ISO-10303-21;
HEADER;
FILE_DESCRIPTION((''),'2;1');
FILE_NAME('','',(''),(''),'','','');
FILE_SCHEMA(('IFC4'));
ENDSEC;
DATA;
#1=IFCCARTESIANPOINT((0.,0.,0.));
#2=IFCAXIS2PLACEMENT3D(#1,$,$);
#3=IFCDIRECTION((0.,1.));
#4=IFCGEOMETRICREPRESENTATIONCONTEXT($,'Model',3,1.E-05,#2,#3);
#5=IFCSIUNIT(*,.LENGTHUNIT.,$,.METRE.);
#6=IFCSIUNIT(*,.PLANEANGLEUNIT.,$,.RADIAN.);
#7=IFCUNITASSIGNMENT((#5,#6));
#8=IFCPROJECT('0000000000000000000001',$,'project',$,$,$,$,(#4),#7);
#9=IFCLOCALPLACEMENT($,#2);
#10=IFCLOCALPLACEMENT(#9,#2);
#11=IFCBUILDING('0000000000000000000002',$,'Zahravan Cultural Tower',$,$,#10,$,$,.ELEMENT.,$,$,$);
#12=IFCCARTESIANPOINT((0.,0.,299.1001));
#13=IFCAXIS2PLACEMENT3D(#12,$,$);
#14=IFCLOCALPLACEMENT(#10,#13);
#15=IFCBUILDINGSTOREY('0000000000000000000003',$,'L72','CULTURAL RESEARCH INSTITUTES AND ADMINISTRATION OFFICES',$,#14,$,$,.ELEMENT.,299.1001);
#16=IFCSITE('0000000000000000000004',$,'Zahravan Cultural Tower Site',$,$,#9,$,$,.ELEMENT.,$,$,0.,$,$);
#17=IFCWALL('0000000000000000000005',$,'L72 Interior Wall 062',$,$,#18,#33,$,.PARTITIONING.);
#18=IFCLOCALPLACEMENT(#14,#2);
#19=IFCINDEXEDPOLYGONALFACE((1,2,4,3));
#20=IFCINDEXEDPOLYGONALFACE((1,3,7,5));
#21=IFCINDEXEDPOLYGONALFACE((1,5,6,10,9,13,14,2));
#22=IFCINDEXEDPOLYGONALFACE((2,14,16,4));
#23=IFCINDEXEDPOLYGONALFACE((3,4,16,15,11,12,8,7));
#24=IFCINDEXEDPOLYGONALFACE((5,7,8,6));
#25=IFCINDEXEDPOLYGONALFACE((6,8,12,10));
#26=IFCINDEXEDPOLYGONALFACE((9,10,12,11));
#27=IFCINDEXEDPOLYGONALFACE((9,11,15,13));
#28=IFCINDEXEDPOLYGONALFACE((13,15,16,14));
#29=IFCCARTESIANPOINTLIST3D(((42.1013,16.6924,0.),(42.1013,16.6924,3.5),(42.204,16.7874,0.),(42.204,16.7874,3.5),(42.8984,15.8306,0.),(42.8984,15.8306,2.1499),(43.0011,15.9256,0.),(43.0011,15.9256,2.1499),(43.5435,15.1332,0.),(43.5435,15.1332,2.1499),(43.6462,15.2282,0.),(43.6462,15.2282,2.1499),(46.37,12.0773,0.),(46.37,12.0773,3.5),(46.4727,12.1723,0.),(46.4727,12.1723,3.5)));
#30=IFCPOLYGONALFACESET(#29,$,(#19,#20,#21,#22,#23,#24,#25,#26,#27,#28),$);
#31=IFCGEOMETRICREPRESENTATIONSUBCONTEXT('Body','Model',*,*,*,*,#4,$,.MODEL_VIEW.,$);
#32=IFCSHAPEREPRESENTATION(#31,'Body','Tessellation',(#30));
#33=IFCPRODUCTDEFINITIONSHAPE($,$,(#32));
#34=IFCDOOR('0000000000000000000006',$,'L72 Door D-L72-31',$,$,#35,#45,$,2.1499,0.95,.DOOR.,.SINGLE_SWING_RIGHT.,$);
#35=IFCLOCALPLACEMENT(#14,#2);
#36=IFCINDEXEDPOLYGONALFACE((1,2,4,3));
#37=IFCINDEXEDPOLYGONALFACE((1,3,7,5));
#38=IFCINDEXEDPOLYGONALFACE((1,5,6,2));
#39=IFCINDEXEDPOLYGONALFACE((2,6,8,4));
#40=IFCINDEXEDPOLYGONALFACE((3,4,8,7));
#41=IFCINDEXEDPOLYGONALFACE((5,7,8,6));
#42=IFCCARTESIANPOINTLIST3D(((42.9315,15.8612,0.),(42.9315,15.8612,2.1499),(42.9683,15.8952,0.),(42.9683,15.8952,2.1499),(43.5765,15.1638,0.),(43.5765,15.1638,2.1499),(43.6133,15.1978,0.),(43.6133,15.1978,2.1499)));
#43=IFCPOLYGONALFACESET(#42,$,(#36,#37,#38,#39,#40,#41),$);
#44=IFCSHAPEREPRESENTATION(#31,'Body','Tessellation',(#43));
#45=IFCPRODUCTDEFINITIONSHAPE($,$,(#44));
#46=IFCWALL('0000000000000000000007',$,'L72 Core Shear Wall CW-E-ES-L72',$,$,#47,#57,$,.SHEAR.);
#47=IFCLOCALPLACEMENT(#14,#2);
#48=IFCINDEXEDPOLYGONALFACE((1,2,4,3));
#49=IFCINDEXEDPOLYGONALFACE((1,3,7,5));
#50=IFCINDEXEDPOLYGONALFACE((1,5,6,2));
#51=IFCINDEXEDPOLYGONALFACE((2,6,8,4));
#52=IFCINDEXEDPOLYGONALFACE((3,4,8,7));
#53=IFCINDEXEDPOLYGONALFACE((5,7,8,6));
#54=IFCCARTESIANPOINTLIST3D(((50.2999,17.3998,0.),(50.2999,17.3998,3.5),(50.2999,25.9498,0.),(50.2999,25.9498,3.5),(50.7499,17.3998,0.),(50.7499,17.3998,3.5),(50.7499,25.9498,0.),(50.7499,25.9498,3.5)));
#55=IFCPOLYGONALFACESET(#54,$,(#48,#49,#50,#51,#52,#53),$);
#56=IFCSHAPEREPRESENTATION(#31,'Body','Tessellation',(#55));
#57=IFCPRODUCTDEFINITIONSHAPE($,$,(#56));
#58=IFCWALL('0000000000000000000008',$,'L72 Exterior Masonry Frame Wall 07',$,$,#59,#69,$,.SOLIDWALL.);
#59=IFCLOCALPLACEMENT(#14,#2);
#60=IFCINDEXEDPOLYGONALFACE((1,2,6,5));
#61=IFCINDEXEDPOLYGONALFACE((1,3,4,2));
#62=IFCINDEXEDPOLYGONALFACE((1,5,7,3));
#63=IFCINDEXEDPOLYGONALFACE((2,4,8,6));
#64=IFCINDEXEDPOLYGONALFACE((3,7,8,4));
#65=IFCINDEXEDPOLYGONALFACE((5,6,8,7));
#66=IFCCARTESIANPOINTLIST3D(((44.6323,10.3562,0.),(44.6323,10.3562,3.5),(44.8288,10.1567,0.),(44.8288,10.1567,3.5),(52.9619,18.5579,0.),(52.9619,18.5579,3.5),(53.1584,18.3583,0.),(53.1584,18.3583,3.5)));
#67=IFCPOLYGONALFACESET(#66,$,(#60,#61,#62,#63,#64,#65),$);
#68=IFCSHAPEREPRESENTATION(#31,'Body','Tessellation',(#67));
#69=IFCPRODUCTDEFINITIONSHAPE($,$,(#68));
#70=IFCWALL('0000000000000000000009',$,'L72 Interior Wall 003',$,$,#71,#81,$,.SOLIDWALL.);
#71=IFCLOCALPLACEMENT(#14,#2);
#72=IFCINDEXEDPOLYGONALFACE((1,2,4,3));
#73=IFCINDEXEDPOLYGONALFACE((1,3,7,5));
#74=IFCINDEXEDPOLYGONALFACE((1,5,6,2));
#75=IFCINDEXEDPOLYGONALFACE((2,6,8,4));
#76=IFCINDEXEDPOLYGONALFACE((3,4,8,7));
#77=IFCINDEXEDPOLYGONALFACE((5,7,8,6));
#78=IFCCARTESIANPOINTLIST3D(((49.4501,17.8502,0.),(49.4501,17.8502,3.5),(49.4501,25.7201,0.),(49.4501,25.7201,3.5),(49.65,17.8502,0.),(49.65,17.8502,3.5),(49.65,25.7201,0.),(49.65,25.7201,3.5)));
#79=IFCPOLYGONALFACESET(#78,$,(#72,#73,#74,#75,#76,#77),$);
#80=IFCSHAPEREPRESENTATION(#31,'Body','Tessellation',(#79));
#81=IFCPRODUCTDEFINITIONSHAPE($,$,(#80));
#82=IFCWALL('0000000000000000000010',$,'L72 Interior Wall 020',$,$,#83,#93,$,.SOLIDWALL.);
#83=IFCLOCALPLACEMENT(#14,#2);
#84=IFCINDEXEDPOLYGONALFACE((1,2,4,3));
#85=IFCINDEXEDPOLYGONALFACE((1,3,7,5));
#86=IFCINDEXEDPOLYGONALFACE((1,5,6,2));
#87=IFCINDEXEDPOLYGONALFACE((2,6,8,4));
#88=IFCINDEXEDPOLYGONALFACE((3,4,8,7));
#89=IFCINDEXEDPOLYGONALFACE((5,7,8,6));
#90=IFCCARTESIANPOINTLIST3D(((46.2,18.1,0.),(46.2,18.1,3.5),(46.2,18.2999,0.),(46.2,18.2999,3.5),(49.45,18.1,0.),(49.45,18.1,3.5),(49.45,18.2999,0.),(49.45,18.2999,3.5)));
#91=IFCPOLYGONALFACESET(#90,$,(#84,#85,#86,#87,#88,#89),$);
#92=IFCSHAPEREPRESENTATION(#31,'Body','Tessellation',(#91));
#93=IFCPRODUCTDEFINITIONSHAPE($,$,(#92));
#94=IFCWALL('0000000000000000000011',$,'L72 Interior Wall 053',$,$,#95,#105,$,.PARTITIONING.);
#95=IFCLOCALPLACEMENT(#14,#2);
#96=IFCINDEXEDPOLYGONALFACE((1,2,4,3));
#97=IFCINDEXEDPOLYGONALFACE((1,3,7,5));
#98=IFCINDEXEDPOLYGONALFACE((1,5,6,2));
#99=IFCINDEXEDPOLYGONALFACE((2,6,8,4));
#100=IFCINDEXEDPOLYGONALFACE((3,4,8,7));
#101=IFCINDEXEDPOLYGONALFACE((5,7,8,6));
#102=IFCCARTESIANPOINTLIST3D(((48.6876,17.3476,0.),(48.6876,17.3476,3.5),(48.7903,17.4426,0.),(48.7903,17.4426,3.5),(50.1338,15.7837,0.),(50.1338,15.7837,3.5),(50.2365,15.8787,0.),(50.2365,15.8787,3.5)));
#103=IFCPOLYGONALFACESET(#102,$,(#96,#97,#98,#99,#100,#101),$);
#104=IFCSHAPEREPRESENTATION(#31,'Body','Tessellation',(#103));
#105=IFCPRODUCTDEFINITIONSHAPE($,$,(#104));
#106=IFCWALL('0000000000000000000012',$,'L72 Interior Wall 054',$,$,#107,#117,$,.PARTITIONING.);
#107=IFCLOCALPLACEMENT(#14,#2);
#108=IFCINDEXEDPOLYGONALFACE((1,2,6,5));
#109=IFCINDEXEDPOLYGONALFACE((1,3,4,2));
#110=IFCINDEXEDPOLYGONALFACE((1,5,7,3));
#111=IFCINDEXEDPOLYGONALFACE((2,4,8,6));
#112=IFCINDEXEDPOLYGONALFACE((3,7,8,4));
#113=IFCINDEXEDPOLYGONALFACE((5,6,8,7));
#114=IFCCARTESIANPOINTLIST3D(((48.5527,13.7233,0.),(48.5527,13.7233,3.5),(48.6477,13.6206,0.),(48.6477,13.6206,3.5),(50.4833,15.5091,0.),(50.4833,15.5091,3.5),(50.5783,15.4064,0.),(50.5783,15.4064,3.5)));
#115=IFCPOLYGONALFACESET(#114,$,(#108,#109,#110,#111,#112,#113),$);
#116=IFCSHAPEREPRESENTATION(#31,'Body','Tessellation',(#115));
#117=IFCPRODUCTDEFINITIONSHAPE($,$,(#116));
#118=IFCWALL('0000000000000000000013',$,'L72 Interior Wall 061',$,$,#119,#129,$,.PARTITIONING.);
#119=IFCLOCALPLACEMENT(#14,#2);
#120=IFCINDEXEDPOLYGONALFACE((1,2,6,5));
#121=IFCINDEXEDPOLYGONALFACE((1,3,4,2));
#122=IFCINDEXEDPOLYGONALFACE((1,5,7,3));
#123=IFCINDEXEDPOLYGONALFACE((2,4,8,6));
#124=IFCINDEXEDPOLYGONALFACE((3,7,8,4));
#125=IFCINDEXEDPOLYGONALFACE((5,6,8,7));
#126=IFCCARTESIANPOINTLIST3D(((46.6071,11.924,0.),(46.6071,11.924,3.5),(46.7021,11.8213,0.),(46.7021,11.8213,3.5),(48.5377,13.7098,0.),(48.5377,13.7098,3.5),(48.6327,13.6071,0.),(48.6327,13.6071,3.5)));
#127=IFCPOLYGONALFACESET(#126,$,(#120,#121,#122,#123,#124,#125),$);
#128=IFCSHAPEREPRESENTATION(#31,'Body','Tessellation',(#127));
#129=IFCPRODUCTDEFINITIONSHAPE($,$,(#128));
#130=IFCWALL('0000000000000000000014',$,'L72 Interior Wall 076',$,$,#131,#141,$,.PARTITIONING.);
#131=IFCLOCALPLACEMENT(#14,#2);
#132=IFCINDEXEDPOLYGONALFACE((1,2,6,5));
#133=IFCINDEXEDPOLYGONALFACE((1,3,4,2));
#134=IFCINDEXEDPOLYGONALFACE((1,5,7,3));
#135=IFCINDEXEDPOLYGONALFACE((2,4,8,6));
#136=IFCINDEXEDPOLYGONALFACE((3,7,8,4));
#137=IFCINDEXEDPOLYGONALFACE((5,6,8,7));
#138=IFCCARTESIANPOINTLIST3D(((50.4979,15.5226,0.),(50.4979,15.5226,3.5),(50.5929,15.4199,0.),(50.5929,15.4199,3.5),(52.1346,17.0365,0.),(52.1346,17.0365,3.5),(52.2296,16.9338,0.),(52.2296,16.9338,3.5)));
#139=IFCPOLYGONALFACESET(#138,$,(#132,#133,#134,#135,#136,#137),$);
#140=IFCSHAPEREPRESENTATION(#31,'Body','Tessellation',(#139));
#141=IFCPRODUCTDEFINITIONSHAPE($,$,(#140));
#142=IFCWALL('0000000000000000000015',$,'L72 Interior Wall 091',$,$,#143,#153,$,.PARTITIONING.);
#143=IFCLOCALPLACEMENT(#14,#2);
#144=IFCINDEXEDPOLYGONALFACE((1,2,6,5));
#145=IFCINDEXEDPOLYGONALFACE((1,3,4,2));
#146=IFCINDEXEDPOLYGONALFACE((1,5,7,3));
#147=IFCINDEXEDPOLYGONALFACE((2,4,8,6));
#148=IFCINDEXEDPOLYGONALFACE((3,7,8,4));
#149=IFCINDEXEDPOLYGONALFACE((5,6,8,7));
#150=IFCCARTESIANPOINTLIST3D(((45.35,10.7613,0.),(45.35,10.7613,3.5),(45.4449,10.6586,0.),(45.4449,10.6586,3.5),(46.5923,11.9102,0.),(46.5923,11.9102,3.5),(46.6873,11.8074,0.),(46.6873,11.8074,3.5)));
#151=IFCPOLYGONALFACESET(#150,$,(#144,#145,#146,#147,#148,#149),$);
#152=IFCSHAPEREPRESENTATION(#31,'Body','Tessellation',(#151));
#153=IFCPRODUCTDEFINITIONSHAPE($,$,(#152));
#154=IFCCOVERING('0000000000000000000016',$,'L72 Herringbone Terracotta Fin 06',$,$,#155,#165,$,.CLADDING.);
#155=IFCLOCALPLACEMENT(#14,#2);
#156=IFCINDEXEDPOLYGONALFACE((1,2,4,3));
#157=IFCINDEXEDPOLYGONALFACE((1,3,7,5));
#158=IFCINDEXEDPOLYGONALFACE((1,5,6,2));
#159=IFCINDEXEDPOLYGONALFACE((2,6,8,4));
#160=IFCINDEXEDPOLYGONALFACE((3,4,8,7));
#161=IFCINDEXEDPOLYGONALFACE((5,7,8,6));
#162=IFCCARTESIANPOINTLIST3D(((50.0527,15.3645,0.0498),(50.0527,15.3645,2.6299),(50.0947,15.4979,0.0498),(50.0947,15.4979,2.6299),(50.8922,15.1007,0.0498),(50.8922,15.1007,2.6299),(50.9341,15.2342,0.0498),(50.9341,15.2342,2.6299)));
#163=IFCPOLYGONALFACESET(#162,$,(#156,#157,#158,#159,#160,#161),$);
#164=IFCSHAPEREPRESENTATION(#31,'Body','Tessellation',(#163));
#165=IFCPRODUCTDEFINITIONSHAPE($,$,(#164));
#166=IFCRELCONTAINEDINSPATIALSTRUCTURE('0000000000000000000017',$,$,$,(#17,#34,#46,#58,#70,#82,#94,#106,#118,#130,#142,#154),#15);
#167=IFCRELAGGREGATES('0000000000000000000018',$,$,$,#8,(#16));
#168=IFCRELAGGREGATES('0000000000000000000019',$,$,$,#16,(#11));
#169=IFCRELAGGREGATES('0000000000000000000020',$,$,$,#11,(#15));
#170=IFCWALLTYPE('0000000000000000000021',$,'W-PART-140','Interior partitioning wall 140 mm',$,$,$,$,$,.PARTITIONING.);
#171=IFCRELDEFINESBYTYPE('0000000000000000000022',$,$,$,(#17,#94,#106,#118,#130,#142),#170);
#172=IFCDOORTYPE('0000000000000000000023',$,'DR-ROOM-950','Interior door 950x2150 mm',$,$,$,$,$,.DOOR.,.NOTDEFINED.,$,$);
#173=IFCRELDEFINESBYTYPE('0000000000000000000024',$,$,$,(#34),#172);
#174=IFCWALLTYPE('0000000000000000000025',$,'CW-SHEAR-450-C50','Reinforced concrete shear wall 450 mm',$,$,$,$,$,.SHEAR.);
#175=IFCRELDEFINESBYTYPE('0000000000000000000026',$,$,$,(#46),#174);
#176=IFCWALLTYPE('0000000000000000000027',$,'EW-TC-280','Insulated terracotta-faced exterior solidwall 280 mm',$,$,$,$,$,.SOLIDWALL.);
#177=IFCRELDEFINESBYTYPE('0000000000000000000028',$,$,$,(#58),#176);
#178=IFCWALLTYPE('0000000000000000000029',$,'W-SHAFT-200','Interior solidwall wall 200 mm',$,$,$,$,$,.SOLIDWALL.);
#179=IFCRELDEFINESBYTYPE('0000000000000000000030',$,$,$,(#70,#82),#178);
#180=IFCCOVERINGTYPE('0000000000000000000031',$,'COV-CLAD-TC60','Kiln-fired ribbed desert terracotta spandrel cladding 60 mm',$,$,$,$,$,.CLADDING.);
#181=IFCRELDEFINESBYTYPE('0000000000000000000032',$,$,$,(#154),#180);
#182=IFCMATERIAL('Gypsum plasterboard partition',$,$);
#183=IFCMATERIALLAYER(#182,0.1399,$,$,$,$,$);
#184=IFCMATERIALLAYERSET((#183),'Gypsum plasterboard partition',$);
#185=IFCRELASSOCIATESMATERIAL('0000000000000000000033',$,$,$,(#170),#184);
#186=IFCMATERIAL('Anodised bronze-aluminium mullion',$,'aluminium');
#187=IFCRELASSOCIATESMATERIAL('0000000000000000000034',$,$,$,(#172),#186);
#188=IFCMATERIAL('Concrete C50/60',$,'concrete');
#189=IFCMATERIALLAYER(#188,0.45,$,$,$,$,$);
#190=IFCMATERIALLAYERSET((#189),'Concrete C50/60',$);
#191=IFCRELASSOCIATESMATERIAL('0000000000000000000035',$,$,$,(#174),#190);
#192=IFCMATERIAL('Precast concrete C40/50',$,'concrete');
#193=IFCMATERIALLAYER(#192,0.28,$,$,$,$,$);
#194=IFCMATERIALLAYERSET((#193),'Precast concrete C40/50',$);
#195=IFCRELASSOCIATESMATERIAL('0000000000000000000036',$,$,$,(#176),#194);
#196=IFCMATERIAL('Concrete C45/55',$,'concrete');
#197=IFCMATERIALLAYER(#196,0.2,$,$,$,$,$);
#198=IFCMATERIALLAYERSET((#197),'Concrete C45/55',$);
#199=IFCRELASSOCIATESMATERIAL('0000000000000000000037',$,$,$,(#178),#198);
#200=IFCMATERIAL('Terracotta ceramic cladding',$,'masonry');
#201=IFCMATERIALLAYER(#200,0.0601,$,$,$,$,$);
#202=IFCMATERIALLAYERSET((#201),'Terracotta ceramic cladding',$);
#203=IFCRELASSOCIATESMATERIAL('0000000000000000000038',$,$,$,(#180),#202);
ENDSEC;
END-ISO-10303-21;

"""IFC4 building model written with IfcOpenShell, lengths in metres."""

from ifc_helpers import new_model, si_unit, direction, frame, frame_2d, origin, origin_2d, place, context, subcontext, project, spatial, rectangle, extrude, source, transform, mapped, material, layer, layer_set, type_object, element, fill, save


model = new_model("IFC4")

# Units and contexts
model_context = context("Model", 3, precision=1e-05, world=origin(), true_north=direction((0.0, 1.0)))
body_context = subcontext(model_context, "Body", "Model", "MODEL_VIEW")
ifc_project = project(units=[si_unit("LENGTHUNIT", "METRE"), si_unit("PLANEANGLEUNIT", "RADIAN")], contexts=[model_context])

# Site, building, storey
site_placement = place(None, origin())
site = spatial("IfcSite", under=ifc_project, at=site_placement, Name="Zahravan Cultural Tower Site", CompositionType="ELEMENT", RefElevation=0.0)
building_placement = place(site_placement, origin())
building = spatial("IfcBuilding", under=site, at=building_placement, Name="Zahravan Cultural Tower", CompositionType="ELEMENT")
storey_placement = place(building_placement, frame((0.0, 0.0, 299.1001)))
storey = spatial("IfcBuildingStorey", under=building, at=storey_placement, Name="L72", Description="CULTURAL RESEARCH INSTITUTES AND ADMINISTRATION OFFICES", CompositionType="ELEMENT", Elevation=299.1001)

# Shared definitions
ifc_material_1 = material(Name="Concrete C50/60", Category="concrete")

# Wall, opening, door
ifc_material_2 = material(Name="Gypsum plasterboard partition")
ifc_layer_1 = layer(ifc_material_2, 0.1399)
ifc_layer_set_1 = layer_set([ifc_layer_1], Name="Gypsum plasterboard partition")
wall_type_1 = type_object("IfcWallType", Name="W-PART-140", Description="Interior partitioning wall 140 mm", PredefinedType="PARTITIONING", material=ifc_layer_set_1)
ifc_material_3 = material(Name="Anodised bronze-aluminium mullion", Category="aluminium")
door_type = type_object("IfcDoorType", Name="DR-ROOM-950", Description="Interior door 950x2150 mm", OperationType="NOTDEFINED", PredefinedType="DOOR", material=ifc_material_3)
shared_shape_1 = source(origin(), body_context, "Body", "SweptSolid", [
    extrude(rectangle(XDim=0.95, YDim=2.1499, at=frame_2d((0.4751, 1.075))), frame((0.0, 0.0249, 0.0), z_axis=(0.0, -1.0, 0.0), x_axis=(1.0, 0.0, 0.0)), (0.0, 0.0, 1.0), 0.05),
])
wall_1_placement = place(storey_placement, frame((46.4214, 12.1248, 0.0), z_axis=(0.0, 0.0, 1.0), x_axis=(-0.679017, 0.734123, 0.0)))
wall_1 = element("IfcWall", 1, at=wall_1_placement, inside=storey, type_object=wall_type_1, Name="L72 Interior Wall 062", PredefinedType="PARTITIONING", context=body_context, shape_type="SweptSolid", body=[
    extrude(rectangle(XDim=6.2866, YDim=0.1399, at=frame_2d((3.1433, 0.0))), origin(), (0.0, 0.0, 1.0), 3.5),
])
opening_1_placement = place(wall_1_placement, frame((4.1626, 0.0, 0.0)))
opening_1 = element("IfcOpeningElement", 2, at=opening_1_placement, cuts=wall_1, PredefinedType="OPENING", context=body_context, shape_type="SweptSolid", body=[
    extrude(rectangle(XDim=0.95, YDim=2.1499, at=frame_2d((0.4751, 1.075))), frame((0.0, 0.0798, 0.0), z_axis=(0.0, -1.0, 0.0), x_axis=(1.0, 0.0, 0.0)), (0.0, 0.0, 1.0), 0.1599),
])
door_1_placement = place(opening_1_placement, origin())
door_1 = element("IfcDoor", 3, at=door_1_placement, inside=storey, type_object=door_type, Name="L72 Door D-L72-31", OperationType="SINGLE_SWING_RIGHT", OverallHeight=2.1499, OverallWidth=0.95, PredefinedType="DOOR", context=body_context, shape_type="MappedRepresentation", body=[
    mapped(shared_shape_1, transform((0.0, 0.0, 0.0), x_axis=(1.0, 0.0, 0.0), y_axis=(0.0, 1.0, 0.0), z_axis=(0.0, 0.0, 1.0), scale=1.0)),
])
fill(opening_1, door_1)

# Walls
ifc_layer_2 = layer(ifc_material_1, 0.45)
ifc_layer_set_2 = layer_set([ifc_layer_2], Name="Concrete C50/60")
wall_type_2 = type_object("IfcWallType", Name="CW-SHEAR-450-C50", Description="Reinforced concrete shear wall 450 mm", PredefinedType="SHEAR", material=ifc_layer_set_2)
shared_shape_2 = source(origin(), body_context, "Body", "SweptSolid", [
    extrude(rectangle(XDim=8.55, YDim=0.45, at=frame_2d((4.2749, 0.0))), origin(), (0.0, 0.0, 1.0), 3.5),
])
wall_2_placement = place(storey_placement, frame((50.5249, 17.3999, 0.0), z_axis=(0.0, 0.0, 1.0), x_axis=(0.0, 1.0, 0.0)))
element("IfcWall", 4, at=wall_2_placement, inside=storey, type_object=wall_type_2, Name="L72 Core Shear Wall CW-E-ES-L72", PredefinedType="SHEAR", context=body_context, shape_type="MappedRepresentation", body=[
    mapped(shared_shape_2, transform((0.0, 0.0, 0.0), x_axis=(1.0, 0.0, 0.0), y_axis=(0.0, 1.0, 0.0), z_axis=(0.0, 0.0, 1.0), scale=1.0)),
])
ifc_material_4 = material(Name="Precast concrete C40/50", Category="concrete")
ifc_layer_3 = layer(ifc_material_4, 0.28)
ifc_layer_set_3 = layer_set([ifc_layer_3], Name="Precast concrete C40/50")
wall_type_3 = type_object("IfcWallType", Name="EW-TC-280", Description="Insulated terracotta-faced exterior solidwall 280 mm", PredefinedType="SOLIDWALL", material=ifc_layer_set_3)
shared_shape_3 = source(origin(), body_context, "Body", "SweptSolid", [
    extrude(rectangle(XDim=11.6897, YDim=0.28, at=frame_2d((5.8447, 0.0))), origin(), (0.0, 0.0, 1.0), 3.5),
])
wall_3_placement = place(storey_placement, frame((53.0601, 18.458, 0.0), z_axis=(0.0, 0.0, 1.0), x_axis=(-0.712558, -0.701614, 0.0)))
element("IfcWall", 5, at=wall_3_placement, inside=storey, type_object=wall_type_3, Name="L72 Exterior Masonry Frame Wall 07", PredefinedType="SOLIDWALL", context=body_context, shape_type="MappedRepresentation", body=[
    mapped(shared_shape_3, transform((0.0, 0.0, 0.0), x_axis=(1.0, 0.0, 0.0), y_axis=(0.0, 1.0, 0.0), z_axis=(0.0, 0.0, 1.0), scale=1.0)),
])
ifc_material_5 = material(Name="Concrete C45/55", Category="concrete")
ifc_layer_4 = layer(ifc_material_5, 0.2)
ifc_layer_set_4 = layer_set([ifc_layer_4], Name="Concrete C45/55")
wall_type_4 = type_object("IfcWallType", Name="W-SHAFT-200", Description="Interior solidwall wall 200 mm", PredefinedType="SOLIDWALL", material=ifc_layer_set_4)
shared_shape_4 = source(origin(), body_context, "Body", "SweptSolid", [
    extrude(rectangle(XDim=7.8699, YDim=0.2, at=frame_2d((3.9351, 0.0))), origin(), (0.0, 0.0, 1.0), 3.5),
])
wall_4_placement = place(storey_placement, frame((49.55, 17.8501, 0.0), z_axis=(0.0, 0.0, 1.0), x_axis=(0.0, 1.0, 0.0)))
element("IfcWall", 6, at=wall_4_placement, inside=storey, type_object=wall_type_4, Name="L72 Interior Wall 003", PredefinedType="SOLIDWALL", context=body_context, shape_type="MappedRepresentation", body=[
    mapped(shared_shape_4, transform((0.0, 0.0, 0.0), x_axis=(1.0, 0.0, 0.0), y_axis=(0.0, 1.0, 0.0), z_axis=(0.0, 0.0, 1.0), scale=1.0)),
])
shared_shape_5 = source(origin(), body_context, "Body", "SweptSolid", [
    extrude(rectangle(XDim=3.25, YDim=0.2, at=frame_2d((1.625, 0.0))), origin(), (0.0, 0.0, 1.0), 3.5),
])
wall_5_placement = place(storey_placement, frame((46.2, 18.2, 0.0), z_axis=(0.0, 0.0, 1.0), x_axis=(1.0, 0.0, 0.0)))
element("IfcWall", 7, at=wall_5_placement, inside=storey, type_object=wall_type_4, Name="L72 Interior Wall 020", PredefinedType="SOLIDWALL", context=body_context, shape_type="MappedRepresentation", body=[
    mapped(shared_shape_5, transform((0.0, 0.0, 0.0), x_axis=(1.0, 0.0, 0.0), y_axis=(0.0, 1.0, 0.0), z_axis=(0.0, 0.0, 1.0), scale=1.0)),
])
shared_shape_6 = source(origin(), body_context, "Body", "SweptSolid", [
    extrude(rectangle(XDim=2.1301, YDim=0.1399, at=frame_2d((1.0649, 0.0))), origin(), (0.0, 0.0, 1.0), 3.5),
])
wall_6_placement = place(storey_placement, frame((48.739, 17.395, 0.0), z_axis=(0.0, 0.0, 1.0), x_axis=(0.678946, -0.734188, 0.0)))
element("IfcWall", 8, at=wall_6_placement, inside=storey, type_object=wall_type_1, Name="L72 Interior Wall 053", PredefinedType="PARTITIONING", context=body_context, shape_type="MappedRepresentation", body=[
    mapped(shared_shape_6, transform((0.0, 0.0, 0.0), x_axis=(1.0, 0.0, 0.0), y_axis=(0.0, 1.0, 0.0), z_axis=(0.0, 0.0, 1.0), scale=1.0)),
])
shared_shape_7 = source(origin(), body_context, "Body", "SweptSolid", [
    extrude(rectangle(XDim=2.6299, YDim=0.1399, at=frame_2d((1.3149, 0.0))), origin(), (0.0, 0.0, 1.0), 3.5),
])
for number, where, z_axis, x_axis, name in (
    (9, (50.5308, 15.4578, 0.0), (0.0, 0.0, 1.0), (-0.734095, -0.679047, 0.0), "L72 Interior Wall 054"),
    (10, (48.5852, 13.6584, 0.0), (0.0, 0.0, 1.0), (-0.734095, -0.679047, 0.0), "L72 Interior Wall 061"),
):
    element("IfcWall", number, at=place(storey_placement, frame(where, z_axis=z_axis, x_axis=x_axis)), inside=storey, type_object=wall_type_1, Name=name, PredefinedType="PARTITIONING", context=body_context, shape_type="MappedRepresentation", body=[
        mapped(shared_shape_7, transform((0.0, 0.0, 0.0), x_axis=(1.0, 0.0, 0.0), y_axis=(0.0, 1.0, 0.0), z_axis=(0.0, 0.0, 1.0), scale=1.0)),
    ])
shared_shape_8 = source(origin(), body_context, "Body", "SweptSolid", [
    extrude(rectangle(XDim=2.2295, YDim=0.1399, at=frame_2d((1.1147, 0.0))), origin(), (0.0, 0.0, 1.0), 3.5),
])
wall_7_placement = place(storey_placement, frame((52.1821, 16.9851, 0.0), z_axis=(0.0, 0.0, 1.0), x_axis=(-0.73411, -0.67903, 0.0)))
element("IfcWall", 11, at=wall_7_placement, inside=storey, type_object=wall_type_1, Name="L72 Interior Wall 076", PredefinedType="PARTITIONING", context=body_context, shape_type="MappedRepresentation", body=[
    mapped(shared_shape_8, transform((0.0, 0.0, 0.0), x_axis=(1.0, 0.0, 0.0), y_axis=(0.0, 1.0, 0.0), z_axis=(0.0, 0.0, 1.0), scale=1.0)),
])
shared_shape_9 = source(origin(), body_context, "Body", "SweptSolid", [
    extrude(rectangle(XDim=1.6921, YDim=0.1399, at=frame_2d((0.8462, 0.0))), origin(), (0.0, 0.0, 1.0), 3.5),
])
wall_8_placement = place(storey_placement, frame((46.6399, 11.8589, 0.0), z_axis=(0.0, 0.0, 1.0), x_axis=(-0.734195, -0.678939, 0.0)))
element("IfcWall", 12, at=wall_8_placement, inside=storey, type_object=wall_type_1, Name="L72 Interior Wall 091", PredefinedType="PARTITIONING", context=body_context, shape_type="MappedRepresentation", body=[
    mapped(shared_shape_9, transform((0.0, 0.0, 0.0), x_axis=(1.0, 0.0, 0.0), y_axis=(0.0, 1.0, 0.0), z_axis=(0.0, 0.0, 1.0), scale=1.0)),
])

# Covering
ifc_material_6 = material(Name="Terracotta ceramic cladding", Category="masonry")
ifc_layer_5 = layer(ifc_material_6, 0.0601)
ifc_layer_set_5 = layer_set([ifc_layer_5], Name="Terracotta ceramic cladding")
covering_type = type_object("IfcCoveringType", Name="COV-CLAD-TC60", Description="Kiln-fired ribbed desert terracotta spandrel cladding 60 mm", PredefinedType="CLADDING", material=ifc_layer_set_5)
shared_shape_10 = source(origin(), body_context, "Body", "SweptSolid", [
    extrude(rectangle(XDim=0.8799, YDim=0.1399, at=origin_2d()), origin(), (0.0, 0.0, 1.0), 2.5801),
])
for number, where, z_axis, x_axis, name in (
    (13, (50.4934, 15.2993, 0.0498), (0.0, 0.0, 1.0), (0.954016, -0.299757, 0.0), "L72 Herringbone Terracotta Fin 06"),
):
    element("IfcCovering", number, at=place(storey_placement, frame(where, z_axis=z_axis, x_axis=x_axis)), inside=storey, type_object=covering_type, Name=name, PredefinedType="CLADDING", context=body_context, shape_type="MappedRepresentation", body=[
        mapped(shared_shape_10, transform((0.0, 0.0, 0.0), x_axis=(1.0, 0.0, 0.0), y_axis=(0.0, 1.0, 0.0), z_axis=(0.0, 0.0, 1.0), scale=1.0)),
    ])

save(model, "model.ifc")
